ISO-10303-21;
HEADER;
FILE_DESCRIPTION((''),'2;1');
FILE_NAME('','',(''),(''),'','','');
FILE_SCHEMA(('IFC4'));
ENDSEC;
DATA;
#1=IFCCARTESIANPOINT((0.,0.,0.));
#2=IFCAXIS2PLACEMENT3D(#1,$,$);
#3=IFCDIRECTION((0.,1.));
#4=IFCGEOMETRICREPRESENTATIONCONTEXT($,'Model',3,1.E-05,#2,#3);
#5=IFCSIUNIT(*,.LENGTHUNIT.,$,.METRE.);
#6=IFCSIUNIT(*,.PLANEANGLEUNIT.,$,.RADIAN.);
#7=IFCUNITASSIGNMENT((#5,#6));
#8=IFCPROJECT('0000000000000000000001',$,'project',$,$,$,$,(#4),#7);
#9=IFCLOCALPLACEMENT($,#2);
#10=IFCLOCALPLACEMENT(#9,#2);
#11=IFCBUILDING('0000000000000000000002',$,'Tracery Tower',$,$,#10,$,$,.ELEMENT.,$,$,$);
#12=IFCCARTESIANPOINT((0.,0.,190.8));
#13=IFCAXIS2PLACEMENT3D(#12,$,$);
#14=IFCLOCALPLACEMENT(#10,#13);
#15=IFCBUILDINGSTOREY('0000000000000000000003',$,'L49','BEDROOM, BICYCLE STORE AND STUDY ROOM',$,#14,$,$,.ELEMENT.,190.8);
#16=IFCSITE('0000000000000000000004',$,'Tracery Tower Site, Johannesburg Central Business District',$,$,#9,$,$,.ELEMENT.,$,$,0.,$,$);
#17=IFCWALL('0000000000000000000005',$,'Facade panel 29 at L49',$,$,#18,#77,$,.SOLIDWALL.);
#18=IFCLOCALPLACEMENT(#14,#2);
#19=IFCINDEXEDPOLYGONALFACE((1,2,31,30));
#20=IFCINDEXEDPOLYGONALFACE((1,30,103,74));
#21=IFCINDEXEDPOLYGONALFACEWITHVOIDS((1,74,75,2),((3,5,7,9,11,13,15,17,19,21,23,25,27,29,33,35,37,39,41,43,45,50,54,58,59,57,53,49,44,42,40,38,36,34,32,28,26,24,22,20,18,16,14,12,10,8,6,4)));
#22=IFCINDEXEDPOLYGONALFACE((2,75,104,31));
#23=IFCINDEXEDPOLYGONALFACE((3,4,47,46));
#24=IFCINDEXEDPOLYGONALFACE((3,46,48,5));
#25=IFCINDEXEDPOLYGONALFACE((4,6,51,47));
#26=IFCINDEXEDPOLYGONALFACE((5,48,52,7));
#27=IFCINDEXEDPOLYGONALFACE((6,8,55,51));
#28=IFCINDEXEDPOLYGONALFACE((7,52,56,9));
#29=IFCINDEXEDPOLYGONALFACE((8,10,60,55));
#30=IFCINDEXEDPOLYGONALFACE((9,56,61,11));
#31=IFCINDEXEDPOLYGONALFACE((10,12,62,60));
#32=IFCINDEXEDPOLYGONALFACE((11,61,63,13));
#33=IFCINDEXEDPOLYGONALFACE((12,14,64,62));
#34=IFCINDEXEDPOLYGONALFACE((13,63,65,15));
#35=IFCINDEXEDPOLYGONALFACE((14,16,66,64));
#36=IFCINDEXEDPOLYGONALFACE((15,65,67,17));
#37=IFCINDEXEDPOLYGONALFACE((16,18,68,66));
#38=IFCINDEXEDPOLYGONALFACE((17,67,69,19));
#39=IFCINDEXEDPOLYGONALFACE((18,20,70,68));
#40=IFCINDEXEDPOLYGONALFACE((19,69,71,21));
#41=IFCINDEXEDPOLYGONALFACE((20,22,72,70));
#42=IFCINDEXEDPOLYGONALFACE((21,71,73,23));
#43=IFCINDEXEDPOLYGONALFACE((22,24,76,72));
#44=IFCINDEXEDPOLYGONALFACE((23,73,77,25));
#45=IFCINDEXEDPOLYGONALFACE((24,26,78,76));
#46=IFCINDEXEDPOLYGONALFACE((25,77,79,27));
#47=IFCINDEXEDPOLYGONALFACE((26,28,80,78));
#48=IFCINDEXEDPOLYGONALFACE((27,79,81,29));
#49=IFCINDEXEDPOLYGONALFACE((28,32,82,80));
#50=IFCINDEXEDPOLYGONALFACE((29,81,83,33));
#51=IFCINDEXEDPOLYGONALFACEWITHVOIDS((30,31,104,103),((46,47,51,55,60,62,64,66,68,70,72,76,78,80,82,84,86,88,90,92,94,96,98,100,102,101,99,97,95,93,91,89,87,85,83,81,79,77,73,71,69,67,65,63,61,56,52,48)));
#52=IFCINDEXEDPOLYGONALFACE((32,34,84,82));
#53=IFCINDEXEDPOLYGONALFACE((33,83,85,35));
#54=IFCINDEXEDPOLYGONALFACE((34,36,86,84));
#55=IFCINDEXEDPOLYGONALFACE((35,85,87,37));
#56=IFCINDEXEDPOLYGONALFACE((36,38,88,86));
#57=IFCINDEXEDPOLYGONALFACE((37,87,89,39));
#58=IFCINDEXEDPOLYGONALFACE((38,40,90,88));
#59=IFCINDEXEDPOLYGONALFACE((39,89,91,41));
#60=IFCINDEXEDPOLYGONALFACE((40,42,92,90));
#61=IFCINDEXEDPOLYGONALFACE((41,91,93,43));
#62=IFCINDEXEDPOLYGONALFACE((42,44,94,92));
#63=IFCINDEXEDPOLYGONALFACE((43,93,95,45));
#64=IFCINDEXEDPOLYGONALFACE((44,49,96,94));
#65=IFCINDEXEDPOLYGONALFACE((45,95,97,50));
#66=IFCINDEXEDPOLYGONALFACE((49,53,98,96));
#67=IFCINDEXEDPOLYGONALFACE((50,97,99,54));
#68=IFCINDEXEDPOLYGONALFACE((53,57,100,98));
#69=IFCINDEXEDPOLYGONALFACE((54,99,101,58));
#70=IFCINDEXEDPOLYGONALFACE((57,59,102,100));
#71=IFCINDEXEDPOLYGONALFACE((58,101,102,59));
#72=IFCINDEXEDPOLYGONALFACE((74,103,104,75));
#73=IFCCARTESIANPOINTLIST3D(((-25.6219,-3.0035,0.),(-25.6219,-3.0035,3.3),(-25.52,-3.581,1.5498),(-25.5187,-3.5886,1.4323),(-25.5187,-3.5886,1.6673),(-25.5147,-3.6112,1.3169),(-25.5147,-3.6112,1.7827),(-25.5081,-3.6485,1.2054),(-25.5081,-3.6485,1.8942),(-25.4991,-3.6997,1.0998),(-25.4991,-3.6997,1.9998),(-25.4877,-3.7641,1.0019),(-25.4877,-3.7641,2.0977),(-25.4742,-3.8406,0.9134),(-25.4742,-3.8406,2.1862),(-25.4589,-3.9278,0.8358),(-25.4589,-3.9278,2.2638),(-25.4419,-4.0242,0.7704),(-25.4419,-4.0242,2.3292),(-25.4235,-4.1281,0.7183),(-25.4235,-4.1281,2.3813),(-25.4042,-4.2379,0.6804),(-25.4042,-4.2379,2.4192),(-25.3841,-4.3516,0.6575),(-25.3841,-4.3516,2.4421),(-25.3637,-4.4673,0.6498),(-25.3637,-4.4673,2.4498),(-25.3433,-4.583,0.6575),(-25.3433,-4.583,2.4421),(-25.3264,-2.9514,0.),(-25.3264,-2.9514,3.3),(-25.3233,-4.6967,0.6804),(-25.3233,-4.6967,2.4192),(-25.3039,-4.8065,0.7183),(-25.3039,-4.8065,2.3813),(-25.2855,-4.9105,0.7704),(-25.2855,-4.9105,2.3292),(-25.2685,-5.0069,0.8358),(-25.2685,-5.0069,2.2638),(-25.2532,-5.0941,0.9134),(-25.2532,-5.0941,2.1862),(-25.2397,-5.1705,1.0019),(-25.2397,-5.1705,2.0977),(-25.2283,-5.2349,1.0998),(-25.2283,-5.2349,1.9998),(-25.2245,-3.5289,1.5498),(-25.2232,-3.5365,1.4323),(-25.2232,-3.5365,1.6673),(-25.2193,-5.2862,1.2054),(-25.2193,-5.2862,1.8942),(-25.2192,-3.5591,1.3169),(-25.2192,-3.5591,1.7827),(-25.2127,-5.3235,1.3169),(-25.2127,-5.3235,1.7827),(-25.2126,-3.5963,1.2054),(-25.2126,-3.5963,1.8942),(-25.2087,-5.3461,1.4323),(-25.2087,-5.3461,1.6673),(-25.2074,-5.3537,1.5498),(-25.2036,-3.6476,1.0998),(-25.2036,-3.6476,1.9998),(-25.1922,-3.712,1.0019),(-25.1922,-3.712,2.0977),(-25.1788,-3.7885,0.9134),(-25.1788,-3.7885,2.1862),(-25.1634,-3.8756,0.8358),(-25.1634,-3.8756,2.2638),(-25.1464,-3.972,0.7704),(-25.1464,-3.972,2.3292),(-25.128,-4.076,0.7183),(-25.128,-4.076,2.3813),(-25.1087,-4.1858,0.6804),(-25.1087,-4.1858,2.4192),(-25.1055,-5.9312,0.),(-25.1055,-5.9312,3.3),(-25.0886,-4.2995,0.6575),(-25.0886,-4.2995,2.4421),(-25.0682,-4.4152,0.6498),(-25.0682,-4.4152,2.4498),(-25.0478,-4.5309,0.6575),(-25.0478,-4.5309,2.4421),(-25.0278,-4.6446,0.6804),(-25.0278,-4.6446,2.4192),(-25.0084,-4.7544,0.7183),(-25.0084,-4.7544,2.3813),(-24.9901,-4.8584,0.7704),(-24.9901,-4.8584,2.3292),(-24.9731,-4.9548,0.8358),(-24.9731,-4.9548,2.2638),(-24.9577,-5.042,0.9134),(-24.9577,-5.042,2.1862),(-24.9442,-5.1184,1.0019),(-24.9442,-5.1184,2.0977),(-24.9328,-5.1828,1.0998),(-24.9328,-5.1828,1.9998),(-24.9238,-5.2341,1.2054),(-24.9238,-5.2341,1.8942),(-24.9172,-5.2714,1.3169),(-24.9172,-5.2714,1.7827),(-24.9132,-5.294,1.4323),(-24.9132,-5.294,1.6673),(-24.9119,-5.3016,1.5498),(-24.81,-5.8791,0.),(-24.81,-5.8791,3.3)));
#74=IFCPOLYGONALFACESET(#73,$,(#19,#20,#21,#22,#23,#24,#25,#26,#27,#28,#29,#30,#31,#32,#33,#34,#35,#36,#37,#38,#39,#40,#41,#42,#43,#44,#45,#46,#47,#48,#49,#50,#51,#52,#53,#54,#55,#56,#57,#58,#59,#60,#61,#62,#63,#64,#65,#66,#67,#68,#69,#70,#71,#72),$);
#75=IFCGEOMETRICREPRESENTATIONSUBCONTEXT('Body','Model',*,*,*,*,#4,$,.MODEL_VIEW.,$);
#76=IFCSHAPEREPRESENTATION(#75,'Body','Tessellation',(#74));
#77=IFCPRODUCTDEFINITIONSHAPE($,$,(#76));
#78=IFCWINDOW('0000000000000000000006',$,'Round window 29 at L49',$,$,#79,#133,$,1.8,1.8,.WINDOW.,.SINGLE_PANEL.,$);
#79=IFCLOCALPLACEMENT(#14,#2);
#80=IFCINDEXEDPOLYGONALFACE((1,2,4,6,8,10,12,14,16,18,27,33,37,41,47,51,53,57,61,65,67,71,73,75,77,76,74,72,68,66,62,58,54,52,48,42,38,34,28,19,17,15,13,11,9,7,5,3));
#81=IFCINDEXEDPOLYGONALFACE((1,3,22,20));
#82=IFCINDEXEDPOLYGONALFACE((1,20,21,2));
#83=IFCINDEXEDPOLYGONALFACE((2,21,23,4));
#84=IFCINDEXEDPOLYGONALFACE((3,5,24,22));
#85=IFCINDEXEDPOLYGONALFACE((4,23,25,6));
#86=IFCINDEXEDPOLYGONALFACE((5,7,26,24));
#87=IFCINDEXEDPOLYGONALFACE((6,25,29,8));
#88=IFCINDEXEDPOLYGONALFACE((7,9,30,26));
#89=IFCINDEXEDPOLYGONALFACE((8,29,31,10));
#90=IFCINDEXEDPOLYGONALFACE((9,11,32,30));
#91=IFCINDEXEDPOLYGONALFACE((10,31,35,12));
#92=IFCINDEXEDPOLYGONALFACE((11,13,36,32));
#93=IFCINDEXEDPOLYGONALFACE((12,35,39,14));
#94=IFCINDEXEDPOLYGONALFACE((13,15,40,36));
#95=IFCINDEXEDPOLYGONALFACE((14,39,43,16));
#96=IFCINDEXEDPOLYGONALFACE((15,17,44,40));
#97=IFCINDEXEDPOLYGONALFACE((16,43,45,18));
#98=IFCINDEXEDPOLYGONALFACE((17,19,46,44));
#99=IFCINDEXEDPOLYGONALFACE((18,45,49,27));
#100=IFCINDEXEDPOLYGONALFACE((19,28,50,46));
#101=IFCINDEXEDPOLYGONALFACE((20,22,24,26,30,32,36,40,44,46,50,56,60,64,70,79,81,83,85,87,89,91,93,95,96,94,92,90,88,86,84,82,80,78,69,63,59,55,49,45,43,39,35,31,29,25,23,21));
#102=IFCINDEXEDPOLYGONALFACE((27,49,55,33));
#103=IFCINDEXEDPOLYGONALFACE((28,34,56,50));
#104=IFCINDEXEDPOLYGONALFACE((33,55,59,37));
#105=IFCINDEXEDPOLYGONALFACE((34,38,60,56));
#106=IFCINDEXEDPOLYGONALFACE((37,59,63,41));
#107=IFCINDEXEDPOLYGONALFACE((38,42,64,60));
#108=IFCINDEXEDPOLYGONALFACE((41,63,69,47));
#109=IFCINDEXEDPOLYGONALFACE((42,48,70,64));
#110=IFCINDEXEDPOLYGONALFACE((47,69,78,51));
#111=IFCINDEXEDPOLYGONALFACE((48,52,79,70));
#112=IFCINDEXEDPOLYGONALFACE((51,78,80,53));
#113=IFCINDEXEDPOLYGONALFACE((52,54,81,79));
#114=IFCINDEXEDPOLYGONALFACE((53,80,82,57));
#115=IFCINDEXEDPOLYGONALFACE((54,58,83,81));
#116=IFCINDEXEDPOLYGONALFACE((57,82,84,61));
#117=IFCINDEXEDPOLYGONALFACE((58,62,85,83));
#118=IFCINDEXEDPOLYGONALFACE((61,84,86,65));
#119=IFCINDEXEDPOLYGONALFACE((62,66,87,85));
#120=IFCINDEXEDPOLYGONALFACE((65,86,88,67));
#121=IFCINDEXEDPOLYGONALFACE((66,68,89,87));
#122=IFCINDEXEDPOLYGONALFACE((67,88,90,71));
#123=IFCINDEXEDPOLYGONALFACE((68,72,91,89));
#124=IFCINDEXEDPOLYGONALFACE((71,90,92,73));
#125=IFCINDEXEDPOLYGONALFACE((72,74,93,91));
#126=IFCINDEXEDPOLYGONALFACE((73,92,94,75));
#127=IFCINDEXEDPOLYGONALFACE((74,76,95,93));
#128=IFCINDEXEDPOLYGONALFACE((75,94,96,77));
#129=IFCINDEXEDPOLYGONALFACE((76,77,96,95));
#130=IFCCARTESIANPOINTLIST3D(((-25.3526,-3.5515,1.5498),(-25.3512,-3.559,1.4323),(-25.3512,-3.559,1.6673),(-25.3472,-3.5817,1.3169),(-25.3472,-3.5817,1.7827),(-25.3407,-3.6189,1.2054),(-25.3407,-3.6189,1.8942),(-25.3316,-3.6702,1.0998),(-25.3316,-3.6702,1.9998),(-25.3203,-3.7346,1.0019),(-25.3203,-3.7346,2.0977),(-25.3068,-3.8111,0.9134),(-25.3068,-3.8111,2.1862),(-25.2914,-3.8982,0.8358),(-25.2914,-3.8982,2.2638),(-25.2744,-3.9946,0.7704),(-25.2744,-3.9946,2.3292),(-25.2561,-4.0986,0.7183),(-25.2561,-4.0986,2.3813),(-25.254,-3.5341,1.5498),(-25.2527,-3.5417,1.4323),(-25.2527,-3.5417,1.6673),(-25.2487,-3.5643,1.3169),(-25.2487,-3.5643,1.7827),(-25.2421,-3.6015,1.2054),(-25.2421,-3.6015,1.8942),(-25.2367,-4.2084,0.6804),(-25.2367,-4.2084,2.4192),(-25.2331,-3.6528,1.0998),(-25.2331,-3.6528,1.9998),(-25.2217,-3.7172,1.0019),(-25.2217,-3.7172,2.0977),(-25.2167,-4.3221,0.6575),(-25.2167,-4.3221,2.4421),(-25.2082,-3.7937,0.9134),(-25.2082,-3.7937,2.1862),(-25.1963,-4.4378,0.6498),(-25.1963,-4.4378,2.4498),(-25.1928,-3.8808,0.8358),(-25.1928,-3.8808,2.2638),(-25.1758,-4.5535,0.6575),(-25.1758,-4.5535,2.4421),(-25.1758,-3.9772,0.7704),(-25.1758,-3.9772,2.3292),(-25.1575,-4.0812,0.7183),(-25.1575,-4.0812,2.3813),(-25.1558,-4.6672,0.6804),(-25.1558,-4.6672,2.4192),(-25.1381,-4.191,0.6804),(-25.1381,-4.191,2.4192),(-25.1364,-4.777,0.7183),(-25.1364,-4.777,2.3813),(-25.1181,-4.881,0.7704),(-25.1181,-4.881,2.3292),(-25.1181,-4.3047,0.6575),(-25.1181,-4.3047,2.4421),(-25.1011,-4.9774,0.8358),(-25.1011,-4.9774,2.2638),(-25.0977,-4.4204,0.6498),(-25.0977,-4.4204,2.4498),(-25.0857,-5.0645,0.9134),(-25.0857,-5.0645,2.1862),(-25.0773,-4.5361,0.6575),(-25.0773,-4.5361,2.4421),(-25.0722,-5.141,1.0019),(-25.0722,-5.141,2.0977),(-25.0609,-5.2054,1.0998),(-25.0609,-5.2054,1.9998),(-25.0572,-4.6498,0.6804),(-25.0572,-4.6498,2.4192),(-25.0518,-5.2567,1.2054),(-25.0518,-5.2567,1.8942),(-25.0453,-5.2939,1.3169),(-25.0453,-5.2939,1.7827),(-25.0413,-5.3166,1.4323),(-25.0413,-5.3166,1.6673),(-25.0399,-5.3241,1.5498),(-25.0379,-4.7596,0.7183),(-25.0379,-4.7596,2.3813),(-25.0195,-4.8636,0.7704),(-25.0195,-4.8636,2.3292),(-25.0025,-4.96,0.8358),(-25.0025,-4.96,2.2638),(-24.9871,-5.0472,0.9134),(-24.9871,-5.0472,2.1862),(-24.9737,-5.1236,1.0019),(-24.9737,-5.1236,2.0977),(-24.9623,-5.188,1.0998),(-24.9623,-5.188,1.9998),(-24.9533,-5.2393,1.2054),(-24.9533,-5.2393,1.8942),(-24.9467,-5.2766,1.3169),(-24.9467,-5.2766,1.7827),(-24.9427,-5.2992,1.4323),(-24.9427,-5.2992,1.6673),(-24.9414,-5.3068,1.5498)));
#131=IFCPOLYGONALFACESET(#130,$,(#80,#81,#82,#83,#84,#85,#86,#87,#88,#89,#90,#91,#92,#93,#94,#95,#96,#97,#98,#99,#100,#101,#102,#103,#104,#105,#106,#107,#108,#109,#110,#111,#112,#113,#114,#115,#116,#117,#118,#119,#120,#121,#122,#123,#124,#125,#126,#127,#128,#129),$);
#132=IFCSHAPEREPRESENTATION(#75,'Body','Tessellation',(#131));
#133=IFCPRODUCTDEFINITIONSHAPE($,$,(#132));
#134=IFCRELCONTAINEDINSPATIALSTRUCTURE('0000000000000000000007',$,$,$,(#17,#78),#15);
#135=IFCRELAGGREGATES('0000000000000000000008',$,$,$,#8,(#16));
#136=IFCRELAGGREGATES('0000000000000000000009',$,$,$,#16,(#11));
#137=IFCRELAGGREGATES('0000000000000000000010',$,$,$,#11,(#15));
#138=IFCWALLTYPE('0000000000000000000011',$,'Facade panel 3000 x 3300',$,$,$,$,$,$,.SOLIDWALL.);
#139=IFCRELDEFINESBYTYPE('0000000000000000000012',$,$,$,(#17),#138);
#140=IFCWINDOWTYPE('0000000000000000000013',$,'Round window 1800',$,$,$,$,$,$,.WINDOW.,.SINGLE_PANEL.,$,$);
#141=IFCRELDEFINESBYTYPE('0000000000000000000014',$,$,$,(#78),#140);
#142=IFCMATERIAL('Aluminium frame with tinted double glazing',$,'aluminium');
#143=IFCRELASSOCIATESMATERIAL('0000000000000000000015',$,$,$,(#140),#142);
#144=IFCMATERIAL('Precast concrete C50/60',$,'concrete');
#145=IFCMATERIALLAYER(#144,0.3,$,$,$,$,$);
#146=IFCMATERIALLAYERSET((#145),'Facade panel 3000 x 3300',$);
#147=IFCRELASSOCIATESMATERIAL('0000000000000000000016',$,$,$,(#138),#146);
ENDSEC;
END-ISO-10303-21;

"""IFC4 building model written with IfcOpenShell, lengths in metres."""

from ifc_helpers import new_model, si_unit, direction, frame, frame_2d, origin, origin_2d, place, context, subcontext, project, spatial, rectangle, circle, extrude, material, layer, layer_set, type_object, element, fill, save


model = new_model("IFC4")

# Units and contexts
model_context = context("Model", 3, precision=1e-05, world=origin(), true_north=direction((0.0, 1.0)))
body_context = subcontext(model_context, "Body", "Model", "MODEL_VIEW")
ifc_project = project(units=[si_unit("LENGTHUNIT", "METRE"), si_unit("PLANEANGLEUNIT", "RADIAN")], contexts=[model_context])

# Site, building, storey
site_placement = place(None, origin())
site = spatial("IfcSite", under=ifc_project, at=site_placement, Name="Tracery Tower Site, Johannesburg Central Business District", CompositionType="ELEMENT", RefElevation=0.0)
building_placement = place(site_placement, origin())
building = spatial("IfcBuilding", under=site, at=building_placement, Name="Tracery Tower", CompositionType="ELEMENT")
storey_placement = place(building_placement, frame((0.0, 0.0, 190.8)))
storey = spatial("IfcBuildingStorey", under=building, at=storey_placement, Name="L49", Description="BEDROOM, BICYCLE STORE AND STUDY ROOM", CompositionType="ELEMENT", Elevation=190.8)

# Wall, opening, window
ifc_material_1 = material(Name="Aluminium frame with tinted double glazing", Category="aluminium")
window_type = type_object("IfcWindowType", Name="Round window 1800", PartitioningType="SINGLE_PANEL", PredefinedType="WINDOW", material=ifc_material_1)
ifc_material_2 = material(Name="Precast concrete C50/60", Category="concrete")
ifc_layer_1 = layer(ifc_material_2, 0.3)
ifc_layer_set_1 = layer_set([ifc_layer_1], Name="Facade panel 3000 x 3300")
wall_type_1 = type_object("IfcWallType", Name="Facade panel 3000 x 3300", PredefinedType="SOLIDWALL", material=ifc_layer_set_1)
wall_1_placement = place(storey_placement, frame((-25.4741, -2.9775, 0.0), z_axis=(0.0, 0.0, 1.0), x_axis=(0.173687, -0.984801, 0.0)))
wall_1 = element("IfcWall", 1, at=wall_1_placement, inside=storey, type_object=wall_type_1, Name="Facade panel 29 at L49", PredefinedType="SOLIDWALL", context=body_context, shape_type="SweptSolid", body=[
    extrude(rectangle(XDim=2.9729, YDim=0.3, at=frame_2d((1.4863, 0.0))), origin(), (0.0, 0.0, 1.0), 3.3),
])
opening_1_placement = place(wall_1_placement, frame((1.4863, 0.0, 1.5498)))
opening_1 = element("IfcOpeningElement", 2, at=opening_1_placement, cuts=wall_1, PredefinedType="OPENING", context=body_context, shape_type="SweptSolid", body=[
    extrude(circle(Radius=0.9, at=origin_2d()), frame((0.0, 0.1599, 0.0), z_axis=(0.0, -1.0, 0.0), x_axis=(1.0, 0.0, 0.0)), (0.0, 0.0, 1.0), 0.3201),
])
window_1_placement = place(opening_1_placement, origin())
window_1 = element("IfcWindow", 3, at=window_1_placement, inside=storey, type_object=window_type, Name="Round window 29 at L49", OverallHeight=1.8, OverallWidth=1.8, PartitioningType="SINGLE_PANEL", PredefinedType="WINDOW", context=body_context, shape_type="SweptSolid", body=[
    extrude(circle(Radius=0.9, at=origin_2d()), frame((0.0, 0.1201, 0.0), z_axis=(0.0, -1.0, 0.0), x_axis=(1.0, 0.0, 0.0)), (0.0, 0.0, 1.0), 0.1001),
])
fill(opening_1, window_1)

save(model, "model.ifc")
